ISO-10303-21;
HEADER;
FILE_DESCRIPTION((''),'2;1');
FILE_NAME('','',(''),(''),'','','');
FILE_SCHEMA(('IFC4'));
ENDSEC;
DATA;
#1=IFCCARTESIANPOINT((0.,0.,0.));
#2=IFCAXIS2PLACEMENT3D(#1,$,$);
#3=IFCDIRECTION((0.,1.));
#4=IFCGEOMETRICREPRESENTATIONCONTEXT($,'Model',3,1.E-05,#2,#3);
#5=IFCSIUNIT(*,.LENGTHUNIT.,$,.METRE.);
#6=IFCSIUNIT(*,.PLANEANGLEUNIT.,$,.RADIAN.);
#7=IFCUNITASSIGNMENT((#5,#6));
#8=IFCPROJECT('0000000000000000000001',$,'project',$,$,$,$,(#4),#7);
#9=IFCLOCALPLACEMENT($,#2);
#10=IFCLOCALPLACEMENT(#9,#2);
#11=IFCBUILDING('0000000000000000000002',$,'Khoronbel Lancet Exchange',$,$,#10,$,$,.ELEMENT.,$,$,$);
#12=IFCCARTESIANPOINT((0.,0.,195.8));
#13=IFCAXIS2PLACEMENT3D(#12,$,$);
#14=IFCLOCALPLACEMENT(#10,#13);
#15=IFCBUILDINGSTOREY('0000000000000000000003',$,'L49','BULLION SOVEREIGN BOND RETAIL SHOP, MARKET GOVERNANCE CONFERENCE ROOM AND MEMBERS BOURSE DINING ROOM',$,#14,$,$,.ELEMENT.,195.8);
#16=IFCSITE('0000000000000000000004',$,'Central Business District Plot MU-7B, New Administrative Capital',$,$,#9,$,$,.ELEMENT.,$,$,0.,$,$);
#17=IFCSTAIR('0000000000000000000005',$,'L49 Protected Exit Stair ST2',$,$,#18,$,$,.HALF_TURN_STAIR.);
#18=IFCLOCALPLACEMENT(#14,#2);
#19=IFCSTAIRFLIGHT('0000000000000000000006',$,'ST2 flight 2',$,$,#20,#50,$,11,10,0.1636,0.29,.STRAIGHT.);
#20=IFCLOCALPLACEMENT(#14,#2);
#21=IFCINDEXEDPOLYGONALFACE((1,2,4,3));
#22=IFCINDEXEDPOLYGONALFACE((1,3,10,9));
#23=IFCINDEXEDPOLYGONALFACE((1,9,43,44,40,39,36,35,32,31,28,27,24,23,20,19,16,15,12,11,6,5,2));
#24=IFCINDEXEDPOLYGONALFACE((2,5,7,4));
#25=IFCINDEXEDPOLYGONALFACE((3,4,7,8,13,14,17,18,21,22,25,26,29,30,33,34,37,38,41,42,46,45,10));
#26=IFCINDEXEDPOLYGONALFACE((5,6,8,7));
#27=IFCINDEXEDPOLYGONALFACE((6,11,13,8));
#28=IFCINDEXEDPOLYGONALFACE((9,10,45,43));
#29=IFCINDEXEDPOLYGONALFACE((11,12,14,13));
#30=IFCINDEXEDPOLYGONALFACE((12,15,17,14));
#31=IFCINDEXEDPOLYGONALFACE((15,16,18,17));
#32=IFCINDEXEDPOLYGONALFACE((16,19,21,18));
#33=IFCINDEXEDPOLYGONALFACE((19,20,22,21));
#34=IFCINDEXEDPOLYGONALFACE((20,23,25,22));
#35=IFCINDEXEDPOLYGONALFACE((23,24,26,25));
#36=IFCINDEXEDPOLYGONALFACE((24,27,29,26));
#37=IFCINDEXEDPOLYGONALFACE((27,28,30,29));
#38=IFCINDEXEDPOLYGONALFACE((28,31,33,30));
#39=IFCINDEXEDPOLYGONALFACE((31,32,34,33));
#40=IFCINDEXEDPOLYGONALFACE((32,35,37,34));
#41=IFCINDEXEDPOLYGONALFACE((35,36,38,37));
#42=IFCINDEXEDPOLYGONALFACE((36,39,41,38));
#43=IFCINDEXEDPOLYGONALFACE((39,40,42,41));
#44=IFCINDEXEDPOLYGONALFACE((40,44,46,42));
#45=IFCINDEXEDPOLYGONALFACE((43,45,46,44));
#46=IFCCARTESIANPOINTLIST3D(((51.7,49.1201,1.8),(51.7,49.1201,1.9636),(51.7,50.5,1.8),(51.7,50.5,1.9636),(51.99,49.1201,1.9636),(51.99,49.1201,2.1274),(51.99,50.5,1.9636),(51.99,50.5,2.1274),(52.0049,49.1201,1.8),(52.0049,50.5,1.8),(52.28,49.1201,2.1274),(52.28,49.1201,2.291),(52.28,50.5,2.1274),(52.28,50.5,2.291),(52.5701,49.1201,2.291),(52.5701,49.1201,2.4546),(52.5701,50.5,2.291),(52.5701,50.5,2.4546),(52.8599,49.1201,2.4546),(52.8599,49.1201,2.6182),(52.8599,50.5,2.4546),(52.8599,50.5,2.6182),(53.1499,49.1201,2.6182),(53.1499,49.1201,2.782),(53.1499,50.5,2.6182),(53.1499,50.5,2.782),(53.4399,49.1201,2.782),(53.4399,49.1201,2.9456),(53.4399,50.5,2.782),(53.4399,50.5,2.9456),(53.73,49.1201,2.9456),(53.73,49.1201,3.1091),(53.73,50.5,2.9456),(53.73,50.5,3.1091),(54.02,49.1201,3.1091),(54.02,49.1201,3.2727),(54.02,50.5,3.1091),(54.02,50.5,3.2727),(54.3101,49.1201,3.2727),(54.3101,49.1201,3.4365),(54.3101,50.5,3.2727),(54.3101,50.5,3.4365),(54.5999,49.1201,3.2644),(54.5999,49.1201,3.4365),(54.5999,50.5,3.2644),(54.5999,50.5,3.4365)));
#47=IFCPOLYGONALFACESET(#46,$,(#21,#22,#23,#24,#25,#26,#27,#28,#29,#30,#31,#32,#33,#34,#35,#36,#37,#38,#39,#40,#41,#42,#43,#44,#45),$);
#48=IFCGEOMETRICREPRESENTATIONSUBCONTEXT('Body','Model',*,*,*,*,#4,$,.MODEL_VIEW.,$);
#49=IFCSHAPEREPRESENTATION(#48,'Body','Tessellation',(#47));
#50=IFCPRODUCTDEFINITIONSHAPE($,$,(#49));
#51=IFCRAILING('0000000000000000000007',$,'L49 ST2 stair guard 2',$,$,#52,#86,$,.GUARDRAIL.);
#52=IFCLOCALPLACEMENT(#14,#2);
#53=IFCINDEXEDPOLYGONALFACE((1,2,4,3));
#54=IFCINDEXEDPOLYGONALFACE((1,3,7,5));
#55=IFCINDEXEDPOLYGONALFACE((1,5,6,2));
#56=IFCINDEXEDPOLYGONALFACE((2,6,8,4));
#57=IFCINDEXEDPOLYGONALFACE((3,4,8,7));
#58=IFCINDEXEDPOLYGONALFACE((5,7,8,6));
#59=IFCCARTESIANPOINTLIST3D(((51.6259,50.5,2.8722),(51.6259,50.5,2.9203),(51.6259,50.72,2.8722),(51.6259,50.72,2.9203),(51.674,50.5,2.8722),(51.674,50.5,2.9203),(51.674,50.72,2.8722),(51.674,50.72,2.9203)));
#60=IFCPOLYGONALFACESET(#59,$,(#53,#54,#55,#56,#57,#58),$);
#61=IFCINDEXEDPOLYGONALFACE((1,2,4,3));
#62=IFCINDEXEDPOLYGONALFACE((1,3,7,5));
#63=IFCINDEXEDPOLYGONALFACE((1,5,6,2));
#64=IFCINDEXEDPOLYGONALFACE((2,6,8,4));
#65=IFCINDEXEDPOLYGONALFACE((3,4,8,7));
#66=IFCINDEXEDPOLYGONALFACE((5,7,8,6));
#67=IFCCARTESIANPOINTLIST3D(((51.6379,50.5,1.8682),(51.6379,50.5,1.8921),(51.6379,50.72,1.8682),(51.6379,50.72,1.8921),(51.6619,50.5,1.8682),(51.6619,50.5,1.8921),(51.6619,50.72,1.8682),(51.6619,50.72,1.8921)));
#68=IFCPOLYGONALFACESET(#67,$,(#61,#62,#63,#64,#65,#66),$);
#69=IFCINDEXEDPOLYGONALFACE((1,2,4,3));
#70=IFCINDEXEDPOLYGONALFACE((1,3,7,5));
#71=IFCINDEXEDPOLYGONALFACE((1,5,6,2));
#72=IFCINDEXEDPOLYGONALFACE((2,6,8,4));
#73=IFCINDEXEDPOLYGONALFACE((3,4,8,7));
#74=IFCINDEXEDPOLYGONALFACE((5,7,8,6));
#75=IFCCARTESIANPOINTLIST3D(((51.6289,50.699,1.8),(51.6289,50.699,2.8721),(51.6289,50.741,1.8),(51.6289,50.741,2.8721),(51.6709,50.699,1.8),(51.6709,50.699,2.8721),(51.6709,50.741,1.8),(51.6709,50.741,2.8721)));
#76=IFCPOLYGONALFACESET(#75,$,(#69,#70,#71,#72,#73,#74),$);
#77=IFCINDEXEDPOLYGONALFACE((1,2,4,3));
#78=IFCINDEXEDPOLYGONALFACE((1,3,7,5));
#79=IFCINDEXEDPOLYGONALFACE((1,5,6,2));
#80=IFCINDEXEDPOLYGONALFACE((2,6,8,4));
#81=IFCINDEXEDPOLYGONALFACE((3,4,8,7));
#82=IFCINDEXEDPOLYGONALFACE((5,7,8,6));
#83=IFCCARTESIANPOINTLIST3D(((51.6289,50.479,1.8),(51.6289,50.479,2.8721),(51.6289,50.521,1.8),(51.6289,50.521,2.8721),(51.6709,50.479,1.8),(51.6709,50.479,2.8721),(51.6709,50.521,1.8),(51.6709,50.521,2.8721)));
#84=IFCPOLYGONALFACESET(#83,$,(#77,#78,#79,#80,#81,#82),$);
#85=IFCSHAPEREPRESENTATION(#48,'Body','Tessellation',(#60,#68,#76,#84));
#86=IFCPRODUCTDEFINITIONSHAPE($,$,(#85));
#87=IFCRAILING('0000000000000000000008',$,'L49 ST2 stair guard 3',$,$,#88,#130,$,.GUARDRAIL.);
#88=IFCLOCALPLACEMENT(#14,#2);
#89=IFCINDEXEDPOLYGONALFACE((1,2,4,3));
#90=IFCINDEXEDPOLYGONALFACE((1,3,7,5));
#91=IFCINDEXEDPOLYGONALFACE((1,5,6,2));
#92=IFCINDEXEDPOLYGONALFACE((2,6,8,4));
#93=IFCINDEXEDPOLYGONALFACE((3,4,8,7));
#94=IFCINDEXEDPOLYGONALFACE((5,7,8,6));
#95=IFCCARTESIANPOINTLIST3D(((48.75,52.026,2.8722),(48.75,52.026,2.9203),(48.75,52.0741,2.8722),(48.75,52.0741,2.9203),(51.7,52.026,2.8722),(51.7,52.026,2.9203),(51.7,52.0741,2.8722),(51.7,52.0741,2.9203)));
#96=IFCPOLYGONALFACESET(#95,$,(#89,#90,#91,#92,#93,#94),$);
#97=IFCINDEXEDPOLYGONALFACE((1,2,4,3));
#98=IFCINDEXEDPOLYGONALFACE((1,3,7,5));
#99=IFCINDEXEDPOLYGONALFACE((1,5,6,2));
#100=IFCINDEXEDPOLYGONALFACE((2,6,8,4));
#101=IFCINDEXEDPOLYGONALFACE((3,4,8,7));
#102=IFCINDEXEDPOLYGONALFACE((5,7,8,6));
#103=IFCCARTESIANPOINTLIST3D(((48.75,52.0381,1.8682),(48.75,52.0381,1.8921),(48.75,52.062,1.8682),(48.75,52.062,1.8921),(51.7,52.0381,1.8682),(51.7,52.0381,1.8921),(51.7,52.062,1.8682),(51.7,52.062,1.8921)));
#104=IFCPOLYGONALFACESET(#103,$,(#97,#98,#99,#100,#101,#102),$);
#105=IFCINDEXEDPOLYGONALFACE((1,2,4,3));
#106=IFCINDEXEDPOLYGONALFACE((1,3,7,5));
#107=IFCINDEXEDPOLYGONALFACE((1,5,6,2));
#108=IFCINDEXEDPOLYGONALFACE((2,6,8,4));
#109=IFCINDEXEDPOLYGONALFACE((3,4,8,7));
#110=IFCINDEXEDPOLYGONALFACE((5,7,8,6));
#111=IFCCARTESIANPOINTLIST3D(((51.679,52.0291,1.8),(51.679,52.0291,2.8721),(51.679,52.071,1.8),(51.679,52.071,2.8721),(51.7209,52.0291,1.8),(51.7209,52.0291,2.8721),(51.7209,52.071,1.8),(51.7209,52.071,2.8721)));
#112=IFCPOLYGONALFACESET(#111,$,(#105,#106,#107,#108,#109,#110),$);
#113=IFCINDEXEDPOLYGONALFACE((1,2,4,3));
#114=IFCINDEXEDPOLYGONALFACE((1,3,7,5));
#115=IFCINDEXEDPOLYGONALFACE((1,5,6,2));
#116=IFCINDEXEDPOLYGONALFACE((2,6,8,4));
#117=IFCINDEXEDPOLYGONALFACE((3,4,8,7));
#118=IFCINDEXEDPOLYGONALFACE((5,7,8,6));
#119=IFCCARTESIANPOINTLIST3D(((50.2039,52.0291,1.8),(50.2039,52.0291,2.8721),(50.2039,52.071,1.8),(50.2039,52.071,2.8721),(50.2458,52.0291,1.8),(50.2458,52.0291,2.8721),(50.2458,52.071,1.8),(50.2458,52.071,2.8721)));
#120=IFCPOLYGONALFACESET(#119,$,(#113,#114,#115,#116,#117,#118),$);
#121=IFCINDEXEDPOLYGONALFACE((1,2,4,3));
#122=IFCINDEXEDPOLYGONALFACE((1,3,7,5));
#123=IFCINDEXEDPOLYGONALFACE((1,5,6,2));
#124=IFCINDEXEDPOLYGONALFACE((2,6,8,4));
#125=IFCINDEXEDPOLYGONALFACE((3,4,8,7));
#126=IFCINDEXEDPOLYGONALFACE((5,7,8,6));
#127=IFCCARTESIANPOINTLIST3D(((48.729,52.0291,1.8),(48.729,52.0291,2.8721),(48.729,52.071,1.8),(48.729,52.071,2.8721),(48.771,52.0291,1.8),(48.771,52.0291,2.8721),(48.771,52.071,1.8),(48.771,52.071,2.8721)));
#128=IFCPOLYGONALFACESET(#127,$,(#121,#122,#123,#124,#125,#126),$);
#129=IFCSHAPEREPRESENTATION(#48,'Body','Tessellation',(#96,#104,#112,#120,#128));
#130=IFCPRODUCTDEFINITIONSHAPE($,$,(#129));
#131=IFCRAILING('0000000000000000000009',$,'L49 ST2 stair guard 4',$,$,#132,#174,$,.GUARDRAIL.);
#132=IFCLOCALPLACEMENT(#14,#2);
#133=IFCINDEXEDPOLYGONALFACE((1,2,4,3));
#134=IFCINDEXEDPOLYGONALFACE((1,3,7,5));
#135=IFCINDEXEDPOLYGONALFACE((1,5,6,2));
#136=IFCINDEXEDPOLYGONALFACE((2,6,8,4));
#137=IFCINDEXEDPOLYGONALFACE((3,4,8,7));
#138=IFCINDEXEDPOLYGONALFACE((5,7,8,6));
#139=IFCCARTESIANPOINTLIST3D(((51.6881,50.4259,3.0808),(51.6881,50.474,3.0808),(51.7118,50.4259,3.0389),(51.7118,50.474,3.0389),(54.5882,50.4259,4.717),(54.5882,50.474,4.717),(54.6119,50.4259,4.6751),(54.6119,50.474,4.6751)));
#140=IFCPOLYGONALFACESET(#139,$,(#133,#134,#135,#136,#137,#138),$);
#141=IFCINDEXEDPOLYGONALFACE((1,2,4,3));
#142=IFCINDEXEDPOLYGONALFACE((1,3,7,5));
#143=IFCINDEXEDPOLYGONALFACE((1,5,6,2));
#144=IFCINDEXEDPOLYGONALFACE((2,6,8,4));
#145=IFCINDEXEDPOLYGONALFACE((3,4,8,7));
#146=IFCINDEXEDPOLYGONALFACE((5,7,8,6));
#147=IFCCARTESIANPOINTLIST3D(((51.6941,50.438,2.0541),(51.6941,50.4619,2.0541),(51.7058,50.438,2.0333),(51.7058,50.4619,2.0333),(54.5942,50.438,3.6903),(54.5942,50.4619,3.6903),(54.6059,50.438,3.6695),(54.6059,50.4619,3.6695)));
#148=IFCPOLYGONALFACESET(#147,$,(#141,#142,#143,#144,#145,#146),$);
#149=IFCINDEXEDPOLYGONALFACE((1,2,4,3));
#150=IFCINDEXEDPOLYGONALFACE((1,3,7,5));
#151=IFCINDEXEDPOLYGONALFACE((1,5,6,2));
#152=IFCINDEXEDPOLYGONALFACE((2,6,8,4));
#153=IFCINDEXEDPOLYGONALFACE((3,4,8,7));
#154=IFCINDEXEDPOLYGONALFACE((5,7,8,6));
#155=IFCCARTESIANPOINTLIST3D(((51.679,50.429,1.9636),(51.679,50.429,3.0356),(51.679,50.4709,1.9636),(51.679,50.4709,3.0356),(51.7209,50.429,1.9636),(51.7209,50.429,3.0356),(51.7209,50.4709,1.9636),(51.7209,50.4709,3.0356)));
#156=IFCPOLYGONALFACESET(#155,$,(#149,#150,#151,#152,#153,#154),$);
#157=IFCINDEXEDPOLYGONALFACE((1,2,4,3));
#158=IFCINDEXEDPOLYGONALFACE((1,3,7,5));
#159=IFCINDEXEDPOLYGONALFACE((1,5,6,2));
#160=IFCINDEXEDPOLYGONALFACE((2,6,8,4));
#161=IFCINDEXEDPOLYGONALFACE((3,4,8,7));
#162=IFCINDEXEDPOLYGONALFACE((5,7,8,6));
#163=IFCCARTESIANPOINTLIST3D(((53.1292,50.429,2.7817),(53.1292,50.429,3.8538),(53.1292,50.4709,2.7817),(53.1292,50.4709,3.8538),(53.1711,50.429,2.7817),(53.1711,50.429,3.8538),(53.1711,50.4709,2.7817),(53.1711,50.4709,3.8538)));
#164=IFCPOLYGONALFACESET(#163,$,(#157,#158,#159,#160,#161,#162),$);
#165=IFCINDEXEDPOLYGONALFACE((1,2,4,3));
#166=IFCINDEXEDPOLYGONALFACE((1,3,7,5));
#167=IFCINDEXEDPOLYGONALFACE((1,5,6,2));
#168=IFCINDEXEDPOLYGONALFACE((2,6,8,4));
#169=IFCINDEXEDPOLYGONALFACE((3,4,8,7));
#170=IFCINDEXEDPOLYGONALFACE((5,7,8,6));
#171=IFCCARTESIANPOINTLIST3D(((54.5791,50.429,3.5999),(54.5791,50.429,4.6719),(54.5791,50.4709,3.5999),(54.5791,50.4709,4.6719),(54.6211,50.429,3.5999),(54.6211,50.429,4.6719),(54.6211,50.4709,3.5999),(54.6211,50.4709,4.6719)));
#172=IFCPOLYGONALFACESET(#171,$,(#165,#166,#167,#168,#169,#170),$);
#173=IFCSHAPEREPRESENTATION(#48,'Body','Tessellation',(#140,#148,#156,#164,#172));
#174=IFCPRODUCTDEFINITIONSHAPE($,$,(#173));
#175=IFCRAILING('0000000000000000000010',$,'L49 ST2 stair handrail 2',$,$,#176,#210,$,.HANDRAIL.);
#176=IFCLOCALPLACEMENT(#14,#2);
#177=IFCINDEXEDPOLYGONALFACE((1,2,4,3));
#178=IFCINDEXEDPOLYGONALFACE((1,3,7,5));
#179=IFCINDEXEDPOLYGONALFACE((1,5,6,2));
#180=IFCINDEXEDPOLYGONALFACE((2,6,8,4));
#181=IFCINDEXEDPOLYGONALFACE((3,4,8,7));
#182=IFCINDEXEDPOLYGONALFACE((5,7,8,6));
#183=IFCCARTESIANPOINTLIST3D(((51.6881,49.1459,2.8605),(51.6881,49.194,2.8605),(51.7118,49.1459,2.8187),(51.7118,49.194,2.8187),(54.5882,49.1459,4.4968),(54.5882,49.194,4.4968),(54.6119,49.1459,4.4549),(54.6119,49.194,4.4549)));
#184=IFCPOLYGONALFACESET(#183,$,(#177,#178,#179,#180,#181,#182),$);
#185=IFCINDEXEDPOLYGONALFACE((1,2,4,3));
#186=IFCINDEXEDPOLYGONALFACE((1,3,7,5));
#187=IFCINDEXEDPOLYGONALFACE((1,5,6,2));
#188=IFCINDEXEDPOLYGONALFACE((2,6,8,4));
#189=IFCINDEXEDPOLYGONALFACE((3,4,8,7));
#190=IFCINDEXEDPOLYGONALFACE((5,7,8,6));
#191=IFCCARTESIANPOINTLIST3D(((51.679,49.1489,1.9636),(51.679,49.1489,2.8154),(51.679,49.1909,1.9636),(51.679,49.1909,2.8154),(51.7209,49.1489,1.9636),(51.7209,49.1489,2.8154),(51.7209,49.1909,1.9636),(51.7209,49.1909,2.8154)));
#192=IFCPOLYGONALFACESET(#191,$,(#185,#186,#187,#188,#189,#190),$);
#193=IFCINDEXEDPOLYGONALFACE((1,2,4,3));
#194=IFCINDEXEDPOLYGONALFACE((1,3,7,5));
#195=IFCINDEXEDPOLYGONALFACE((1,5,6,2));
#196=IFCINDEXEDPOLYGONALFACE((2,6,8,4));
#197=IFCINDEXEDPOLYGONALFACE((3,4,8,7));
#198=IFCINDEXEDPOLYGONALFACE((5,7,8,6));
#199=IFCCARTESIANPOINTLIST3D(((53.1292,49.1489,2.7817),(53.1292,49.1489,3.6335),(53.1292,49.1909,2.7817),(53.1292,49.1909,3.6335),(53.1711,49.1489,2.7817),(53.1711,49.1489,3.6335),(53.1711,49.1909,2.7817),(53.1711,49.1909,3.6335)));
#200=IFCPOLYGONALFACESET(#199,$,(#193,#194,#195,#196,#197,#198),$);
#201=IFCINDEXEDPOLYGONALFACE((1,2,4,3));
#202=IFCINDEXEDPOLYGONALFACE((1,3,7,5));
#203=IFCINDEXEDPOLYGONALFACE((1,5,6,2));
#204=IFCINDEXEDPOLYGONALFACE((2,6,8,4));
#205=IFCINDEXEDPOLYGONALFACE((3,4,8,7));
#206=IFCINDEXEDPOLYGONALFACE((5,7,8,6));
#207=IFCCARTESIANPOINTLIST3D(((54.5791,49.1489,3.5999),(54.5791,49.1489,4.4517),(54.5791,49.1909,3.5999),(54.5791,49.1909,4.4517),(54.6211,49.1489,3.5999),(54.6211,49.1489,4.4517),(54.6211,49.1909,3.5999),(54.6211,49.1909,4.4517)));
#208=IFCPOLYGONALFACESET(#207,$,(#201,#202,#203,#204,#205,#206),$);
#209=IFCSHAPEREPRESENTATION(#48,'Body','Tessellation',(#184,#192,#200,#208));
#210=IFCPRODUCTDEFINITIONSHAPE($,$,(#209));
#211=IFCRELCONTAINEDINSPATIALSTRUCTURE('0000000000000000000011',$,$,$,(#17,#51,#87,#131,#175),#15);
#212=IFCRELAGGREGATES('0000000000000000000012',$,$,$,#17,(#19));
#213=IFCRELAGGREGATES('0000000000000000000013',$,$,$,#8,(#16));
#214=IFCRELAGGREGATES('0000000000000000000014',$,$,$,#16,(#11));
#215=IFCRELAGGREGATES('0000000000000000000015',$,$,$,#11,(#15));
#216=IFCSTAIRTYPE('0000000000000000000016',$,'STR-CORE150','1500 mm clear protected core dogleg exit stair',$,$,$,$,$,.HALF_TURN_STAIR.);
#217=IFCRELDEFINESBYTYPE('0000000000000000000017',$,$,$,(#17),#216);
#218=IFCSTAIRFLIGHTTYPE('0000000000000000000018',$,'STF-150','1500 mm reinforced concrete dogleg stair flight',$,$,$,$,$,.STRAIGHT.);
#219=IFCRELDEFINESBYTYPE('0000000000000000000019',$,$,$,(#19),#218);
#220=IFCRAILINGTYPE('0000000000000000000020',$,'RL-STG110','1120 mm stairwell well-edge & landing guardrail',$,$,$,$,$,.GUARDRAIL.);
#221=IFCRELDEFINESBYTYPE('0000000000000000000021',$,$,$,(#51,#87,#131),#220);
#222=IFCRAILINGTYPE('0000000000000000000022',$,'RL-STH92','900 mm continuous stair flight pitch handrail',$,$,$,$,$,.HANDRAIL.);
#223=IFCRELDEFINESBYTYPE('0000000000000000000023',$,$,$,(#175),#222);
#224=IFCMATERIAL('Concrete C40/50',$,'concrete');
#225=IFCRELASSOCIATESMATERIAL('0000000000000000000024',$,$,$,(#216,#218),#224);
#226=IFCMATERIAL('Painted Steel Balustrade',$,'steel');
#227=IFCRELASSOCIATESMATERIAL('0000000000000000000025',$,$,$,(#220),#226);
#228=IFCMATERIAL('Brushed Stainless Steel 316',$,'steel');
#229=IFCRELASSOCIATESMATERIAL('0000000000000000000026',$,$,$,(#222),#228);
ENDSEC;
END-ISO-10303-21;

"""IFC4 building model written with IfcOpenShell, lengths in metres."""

from ifc_helpers import new_model, si_unit, direction, frame, origin, origin_2d, place, context, subcontext, project, spatial, polyline, rectangle, outline, extrude, material, type_object, element, aggregate, save


model = new_model("IFC4")

# Units and contexts
model_context = context("Model", 3, precision=1e-05, world=origin(), true_north=direction((0.0, 1.0)))
body_context = subcontext(model_context, "Body", "Model", "MODEL_VIEW")
ifc_project = project(units=[si_unit("LENGTHUNIT", "METRE"), si_unit("PLANEANGLEUNIT", "RADIAN")], contexts=[model_context])

# Site, building, storey
site_placement = place(None, origin())
site = spatial("IfcSite", under=ifc_project, at=site_placement, Name="Central Business District Plot MU-7B, New Administrative Capital", CompositionType="ELEMENT", RefElevation=0.0)
building_placement = place(site_placement, origin())
building = spatial("IfcBuilding", under=site, at=building_placement, Name="Khoronbel Lancet Exchange", CompositionType="ELEMENT")
storey_placement = place(building_placement, frame((0.0, 0.0, 195.8)))
storey = spatial("IfcBuildingStorey", under=building, at=storey_placement, Name="L49", Description="BULLION SOVEREIGN BOND RETAIL SHOP, MARKET GOVERNANCE CONFERENCE ROOM AND MEMBERS BOURSE DINING ROOM", CompositionType="ELEMENT", Elevation=195.8)

# Stair, stair flight
ifc_material_1 = material(Name="Concrete C40/50", Category="concrete")
stair_type = type_object("IfcStairType", Name="STR-CORE150", Description="1500 mm clear protected core dogleg exit stair", PredefinedType="HALF_TURN_STAIR", material=ifc_material_1)
stair_placement = place(storey_placement, origin())
stair = element("IfcStair", 1, at=stair_placement, inside=storey, type_object=stair_type, Name="L49 Protected Exit Stair ST2", PredefinedType="HALF_TURN_STAIR")
stair_flight_type = type_object("IfcStairFlightType", Name="STF-150", Description="1500 mm reinforced concrete dogleg stair flight", PredefinedType="STRAIGHT", material=ifc_material_1)
stair_flight_placement = place(storey_placement, frame((51.7, 49.8101, 1.8), z_axis=(0.0, 0.0, 1.0), x_axis=(1.0, 0.0, 0.0)))
stair_flight = element("IfcStairFlight", 2, at=stair_flight_placement, type_object=stair_flight_type, Name="ST2 flight 2", NumberOfRisers=11, NumberOfTreads=10, PredefinedType="STRAIGHT", RiserHeight=0.1636, TreadLength=0.29, context=body_context, shape_type="SweptSolid", body=[
    extrude(outline(polyline([(0.0, 0.0), (0.0, 0.1636), (0.29, 0.1636), (0.29, 0.3274), (0.5801, 0.3274), (0.5801, 0.491), (0.8701, 0.491), (0.8701, 0.6545), (1.1599, 0.6545), (1.1599, 0.8181), (1.45, 0.8181), (1.45, 0.9819), (1.74, 0.9819), (1.74, 1.1455), (2.03, 1.1455), (2.03, 1.3091), (2.3201, 1.3091), (2.3201, 1.4727), (2.6101, 1.4727), (2.6101, 1.6365), (2.8999, 1.6365), (2.8999, 1.8), (2.8999, 1.4644), (0.3049, 0.0), (0.0, 0.0)])), frame((0.0, 0.6899, 0.0), z_axis=(0.0, -1.0, 0.0), x_axis=(1.0, 0.0, 0.0)), (0.0, 0.0, 1.0), 1.3799),
])
aggregate(stair, [stair_flight])

# Railings
ifc_material_2 = material(Name="Painted Steel Balustrade", Category="steel")
railing_type_1 = type_object("IfcRailingType", Name="RL-STG110", Description="1120 mm stairwell well-edge & landing guardrail", PredefinedType="GUARDRAIL", material=ifc_material_2)
railing_1_placement = place(storey_placement, frame((51.6499, 50.72, 1.8)))
element("IfcRailing", 3, at=railing_1_placement, inside=storey, type_object=railing_type_1, Name="L49 ST2 stair guard 2", PredefinedType="GUARDRAIL", context=body_context, shape_type="SweptSolid", body=[
    extrude(rectangle(XDim=0.0481, YDim=0.0481, at=origin_2d()), frame((0.0, 0.0, 1.0962), z_axis=(0.0, -1.0, 0.0), x_axis=(1.0, 0.0, 0.0)), (0.0, 0.0, 1.0), 0.22),
    extrude(rectangle(XDim=0.0239, YDim=0.0239, at=origin_2d()), frame((0.0, 0.0, 0.0801), z_axis=(0.0, -1.0, 0.0), x_axis=(1.0, 0.0, 0.0)), (0.0, 0.0, 1.0), 0.22),
    extrude(rectangle(XDim=0.042, YDim=0.042, at=origin_2d()), origin(), (0.0, 0.0, 1.0), 1.072),
    extrude(rectangle(XDim=0.042, YDim=0.042, at=origin_2d()), frame((0.0, -0.22, 0.0)), (0.0, 0.0, 1.0), 1.072),
])
railing_2_placement = place(storey_placement, frame((51.7, 52.05, 1.8)))
element("IfcRailing", 4, at=railing_2_placement, inside=storey, type_object=railing_type_1, Name="L49 ST2 stair guard 3", PredefinedType="GUARDRAIL", context=body_context, shape_type="SweptSolid", body=[
    extrude(rectangle(XDim=0.0481, YDim=0.0481, at=origin_2d()), frame((0.0, 0.0, 1.0962), z_axis=(-1.0, 0.0, 0.0), x_axis=(0.0, -1.0, 0.0)), (0.0, 0.0, 1.0), 2.95),
    extrude(rectangle(XDim=0.0239, YDim=0.0239, at=origin_2d()), frame((0.0, 0.0, 0.0801), z_axis=(-1.0, 0.0, 0.0), x_axis=(0.0, -1.0, 0.0)), (0.0, 0.0, 1.0), 2.95),
    extrude(rectangle(XDim=0.042, YDim=0.042, at=origin_2d()), origin(), (0.0, 0.0, 1.0), 1.072),
    extrude(rectangle(XDim=0.042, YDim=0.042, at=origin_2d()), frame((-1.4751, 0.0, 0.0)), (0.0, 0.0, 1.0), 1.072),
    extrude(rectangle(XDim=0.042, YDim=0.042, at=origin_2d()), frame((-2.95, 0.0, 0.0)), (0.0, 0.0, 1.0), 1.072),
])
railing_3_placement = place(storey_placement, frame((51.7, 50.45, 1.9636)))
element("IfcRailing", 5, at=railing_3_placement, inside=storey, type_object=railing_type_1, Name="L49 ST2 stair guard 4", PredefinedType="GUARDRAIL", context=body_context, shape_type="SweptSolid", body=[
    extrude(rectangle(XDim=0.0481, YDim=0.0481, at=origin_2d()), frame((0.0, 0.0, 1.0962), z_axis=(0.870946, 0.0, 0.491378), x_axis=(0.0, 1.0, 0.0)), (0.0, 0.0, 1.0), 3.3298),
    extrude(rectangle(XDim=0.0239, YDim=0.0239, at=origin_2d()), frame((0.0, 0.0, 0.0801), z_axis=(0.870946, 0.0, 0.491378), x_axis=(0.0, 1.0, 0.0)), (0.0, 0.0, 1.0), 3.3298),
    extrude(rectangle(XDim=0.042, YDim=0.042, at=origin_2d()), origin(), (0.0, 0.0, 1.0), 1.072),
    extrude(rectangle(XDim=0.042, YDim=0.042, at=origin_2d()), frame((1.4502, 0.0, 0.8181)), (0.0, 0.0, 1.0), 1.072),
    extrude(rectangle(XDim=0.042, YDim=0.042, at=origin_2d()), frame((2.9001, 0.0, 1.6362)), (0.0, 0.0, 1.0), 1.072),
])
ifc_material_3 = material(Name="Brushed Stainless Steel 316", Category="steel")
railing_type_2 = type_object("IfcRailingType", Name="RL-STH92", Description="900 mm continuous stair flight pitch handrail", PredefinedType="HANDRAIL", material=ifc_material_3)
railing_4_placement = place(storey_placement, frame((51.7, 49.1699, 1.9636)))
element("IfcRailing", 6, at=railing_4_placement, inside=storey, type_object=railing_type_2, Name="L49 ST2 stair handrail 2", PredefinedType="HANDRAIL", context=body_context, shape_type="SweptSolid", body=[
    extrude(rectangle(XDim=0.0481, YDim=0.0481, at=origin_2d()), frame((0.0, 0.0, 0.876), z_axis=(0.870946, 0.0, 0.491378), x_axis=(0.0, 1.0, 0.0)), (0.0, 0.0, 1.0), 3.3298),
    extrude(rectangle(XDim=0.042, YDim=0.042, at=origin_2d()), origin(), (0.0, 0.0, 1.0), 0.8518),
    extrude(rectangle(XDim=0.042, YDim=0.042, at=origin_2d()), frame((1.4502, 0.0, 0.8181)), (0.0, 0.0, 1.0), 0.8518),
    extrude(rectangle(XDim=0.042, YDim=0.042, at=origin_2d()), frame((2.9001, 0.0, 1.6362)), (0.0, 0.0, 1.0), 0.8518),
])

save(model, "model.ifc")
